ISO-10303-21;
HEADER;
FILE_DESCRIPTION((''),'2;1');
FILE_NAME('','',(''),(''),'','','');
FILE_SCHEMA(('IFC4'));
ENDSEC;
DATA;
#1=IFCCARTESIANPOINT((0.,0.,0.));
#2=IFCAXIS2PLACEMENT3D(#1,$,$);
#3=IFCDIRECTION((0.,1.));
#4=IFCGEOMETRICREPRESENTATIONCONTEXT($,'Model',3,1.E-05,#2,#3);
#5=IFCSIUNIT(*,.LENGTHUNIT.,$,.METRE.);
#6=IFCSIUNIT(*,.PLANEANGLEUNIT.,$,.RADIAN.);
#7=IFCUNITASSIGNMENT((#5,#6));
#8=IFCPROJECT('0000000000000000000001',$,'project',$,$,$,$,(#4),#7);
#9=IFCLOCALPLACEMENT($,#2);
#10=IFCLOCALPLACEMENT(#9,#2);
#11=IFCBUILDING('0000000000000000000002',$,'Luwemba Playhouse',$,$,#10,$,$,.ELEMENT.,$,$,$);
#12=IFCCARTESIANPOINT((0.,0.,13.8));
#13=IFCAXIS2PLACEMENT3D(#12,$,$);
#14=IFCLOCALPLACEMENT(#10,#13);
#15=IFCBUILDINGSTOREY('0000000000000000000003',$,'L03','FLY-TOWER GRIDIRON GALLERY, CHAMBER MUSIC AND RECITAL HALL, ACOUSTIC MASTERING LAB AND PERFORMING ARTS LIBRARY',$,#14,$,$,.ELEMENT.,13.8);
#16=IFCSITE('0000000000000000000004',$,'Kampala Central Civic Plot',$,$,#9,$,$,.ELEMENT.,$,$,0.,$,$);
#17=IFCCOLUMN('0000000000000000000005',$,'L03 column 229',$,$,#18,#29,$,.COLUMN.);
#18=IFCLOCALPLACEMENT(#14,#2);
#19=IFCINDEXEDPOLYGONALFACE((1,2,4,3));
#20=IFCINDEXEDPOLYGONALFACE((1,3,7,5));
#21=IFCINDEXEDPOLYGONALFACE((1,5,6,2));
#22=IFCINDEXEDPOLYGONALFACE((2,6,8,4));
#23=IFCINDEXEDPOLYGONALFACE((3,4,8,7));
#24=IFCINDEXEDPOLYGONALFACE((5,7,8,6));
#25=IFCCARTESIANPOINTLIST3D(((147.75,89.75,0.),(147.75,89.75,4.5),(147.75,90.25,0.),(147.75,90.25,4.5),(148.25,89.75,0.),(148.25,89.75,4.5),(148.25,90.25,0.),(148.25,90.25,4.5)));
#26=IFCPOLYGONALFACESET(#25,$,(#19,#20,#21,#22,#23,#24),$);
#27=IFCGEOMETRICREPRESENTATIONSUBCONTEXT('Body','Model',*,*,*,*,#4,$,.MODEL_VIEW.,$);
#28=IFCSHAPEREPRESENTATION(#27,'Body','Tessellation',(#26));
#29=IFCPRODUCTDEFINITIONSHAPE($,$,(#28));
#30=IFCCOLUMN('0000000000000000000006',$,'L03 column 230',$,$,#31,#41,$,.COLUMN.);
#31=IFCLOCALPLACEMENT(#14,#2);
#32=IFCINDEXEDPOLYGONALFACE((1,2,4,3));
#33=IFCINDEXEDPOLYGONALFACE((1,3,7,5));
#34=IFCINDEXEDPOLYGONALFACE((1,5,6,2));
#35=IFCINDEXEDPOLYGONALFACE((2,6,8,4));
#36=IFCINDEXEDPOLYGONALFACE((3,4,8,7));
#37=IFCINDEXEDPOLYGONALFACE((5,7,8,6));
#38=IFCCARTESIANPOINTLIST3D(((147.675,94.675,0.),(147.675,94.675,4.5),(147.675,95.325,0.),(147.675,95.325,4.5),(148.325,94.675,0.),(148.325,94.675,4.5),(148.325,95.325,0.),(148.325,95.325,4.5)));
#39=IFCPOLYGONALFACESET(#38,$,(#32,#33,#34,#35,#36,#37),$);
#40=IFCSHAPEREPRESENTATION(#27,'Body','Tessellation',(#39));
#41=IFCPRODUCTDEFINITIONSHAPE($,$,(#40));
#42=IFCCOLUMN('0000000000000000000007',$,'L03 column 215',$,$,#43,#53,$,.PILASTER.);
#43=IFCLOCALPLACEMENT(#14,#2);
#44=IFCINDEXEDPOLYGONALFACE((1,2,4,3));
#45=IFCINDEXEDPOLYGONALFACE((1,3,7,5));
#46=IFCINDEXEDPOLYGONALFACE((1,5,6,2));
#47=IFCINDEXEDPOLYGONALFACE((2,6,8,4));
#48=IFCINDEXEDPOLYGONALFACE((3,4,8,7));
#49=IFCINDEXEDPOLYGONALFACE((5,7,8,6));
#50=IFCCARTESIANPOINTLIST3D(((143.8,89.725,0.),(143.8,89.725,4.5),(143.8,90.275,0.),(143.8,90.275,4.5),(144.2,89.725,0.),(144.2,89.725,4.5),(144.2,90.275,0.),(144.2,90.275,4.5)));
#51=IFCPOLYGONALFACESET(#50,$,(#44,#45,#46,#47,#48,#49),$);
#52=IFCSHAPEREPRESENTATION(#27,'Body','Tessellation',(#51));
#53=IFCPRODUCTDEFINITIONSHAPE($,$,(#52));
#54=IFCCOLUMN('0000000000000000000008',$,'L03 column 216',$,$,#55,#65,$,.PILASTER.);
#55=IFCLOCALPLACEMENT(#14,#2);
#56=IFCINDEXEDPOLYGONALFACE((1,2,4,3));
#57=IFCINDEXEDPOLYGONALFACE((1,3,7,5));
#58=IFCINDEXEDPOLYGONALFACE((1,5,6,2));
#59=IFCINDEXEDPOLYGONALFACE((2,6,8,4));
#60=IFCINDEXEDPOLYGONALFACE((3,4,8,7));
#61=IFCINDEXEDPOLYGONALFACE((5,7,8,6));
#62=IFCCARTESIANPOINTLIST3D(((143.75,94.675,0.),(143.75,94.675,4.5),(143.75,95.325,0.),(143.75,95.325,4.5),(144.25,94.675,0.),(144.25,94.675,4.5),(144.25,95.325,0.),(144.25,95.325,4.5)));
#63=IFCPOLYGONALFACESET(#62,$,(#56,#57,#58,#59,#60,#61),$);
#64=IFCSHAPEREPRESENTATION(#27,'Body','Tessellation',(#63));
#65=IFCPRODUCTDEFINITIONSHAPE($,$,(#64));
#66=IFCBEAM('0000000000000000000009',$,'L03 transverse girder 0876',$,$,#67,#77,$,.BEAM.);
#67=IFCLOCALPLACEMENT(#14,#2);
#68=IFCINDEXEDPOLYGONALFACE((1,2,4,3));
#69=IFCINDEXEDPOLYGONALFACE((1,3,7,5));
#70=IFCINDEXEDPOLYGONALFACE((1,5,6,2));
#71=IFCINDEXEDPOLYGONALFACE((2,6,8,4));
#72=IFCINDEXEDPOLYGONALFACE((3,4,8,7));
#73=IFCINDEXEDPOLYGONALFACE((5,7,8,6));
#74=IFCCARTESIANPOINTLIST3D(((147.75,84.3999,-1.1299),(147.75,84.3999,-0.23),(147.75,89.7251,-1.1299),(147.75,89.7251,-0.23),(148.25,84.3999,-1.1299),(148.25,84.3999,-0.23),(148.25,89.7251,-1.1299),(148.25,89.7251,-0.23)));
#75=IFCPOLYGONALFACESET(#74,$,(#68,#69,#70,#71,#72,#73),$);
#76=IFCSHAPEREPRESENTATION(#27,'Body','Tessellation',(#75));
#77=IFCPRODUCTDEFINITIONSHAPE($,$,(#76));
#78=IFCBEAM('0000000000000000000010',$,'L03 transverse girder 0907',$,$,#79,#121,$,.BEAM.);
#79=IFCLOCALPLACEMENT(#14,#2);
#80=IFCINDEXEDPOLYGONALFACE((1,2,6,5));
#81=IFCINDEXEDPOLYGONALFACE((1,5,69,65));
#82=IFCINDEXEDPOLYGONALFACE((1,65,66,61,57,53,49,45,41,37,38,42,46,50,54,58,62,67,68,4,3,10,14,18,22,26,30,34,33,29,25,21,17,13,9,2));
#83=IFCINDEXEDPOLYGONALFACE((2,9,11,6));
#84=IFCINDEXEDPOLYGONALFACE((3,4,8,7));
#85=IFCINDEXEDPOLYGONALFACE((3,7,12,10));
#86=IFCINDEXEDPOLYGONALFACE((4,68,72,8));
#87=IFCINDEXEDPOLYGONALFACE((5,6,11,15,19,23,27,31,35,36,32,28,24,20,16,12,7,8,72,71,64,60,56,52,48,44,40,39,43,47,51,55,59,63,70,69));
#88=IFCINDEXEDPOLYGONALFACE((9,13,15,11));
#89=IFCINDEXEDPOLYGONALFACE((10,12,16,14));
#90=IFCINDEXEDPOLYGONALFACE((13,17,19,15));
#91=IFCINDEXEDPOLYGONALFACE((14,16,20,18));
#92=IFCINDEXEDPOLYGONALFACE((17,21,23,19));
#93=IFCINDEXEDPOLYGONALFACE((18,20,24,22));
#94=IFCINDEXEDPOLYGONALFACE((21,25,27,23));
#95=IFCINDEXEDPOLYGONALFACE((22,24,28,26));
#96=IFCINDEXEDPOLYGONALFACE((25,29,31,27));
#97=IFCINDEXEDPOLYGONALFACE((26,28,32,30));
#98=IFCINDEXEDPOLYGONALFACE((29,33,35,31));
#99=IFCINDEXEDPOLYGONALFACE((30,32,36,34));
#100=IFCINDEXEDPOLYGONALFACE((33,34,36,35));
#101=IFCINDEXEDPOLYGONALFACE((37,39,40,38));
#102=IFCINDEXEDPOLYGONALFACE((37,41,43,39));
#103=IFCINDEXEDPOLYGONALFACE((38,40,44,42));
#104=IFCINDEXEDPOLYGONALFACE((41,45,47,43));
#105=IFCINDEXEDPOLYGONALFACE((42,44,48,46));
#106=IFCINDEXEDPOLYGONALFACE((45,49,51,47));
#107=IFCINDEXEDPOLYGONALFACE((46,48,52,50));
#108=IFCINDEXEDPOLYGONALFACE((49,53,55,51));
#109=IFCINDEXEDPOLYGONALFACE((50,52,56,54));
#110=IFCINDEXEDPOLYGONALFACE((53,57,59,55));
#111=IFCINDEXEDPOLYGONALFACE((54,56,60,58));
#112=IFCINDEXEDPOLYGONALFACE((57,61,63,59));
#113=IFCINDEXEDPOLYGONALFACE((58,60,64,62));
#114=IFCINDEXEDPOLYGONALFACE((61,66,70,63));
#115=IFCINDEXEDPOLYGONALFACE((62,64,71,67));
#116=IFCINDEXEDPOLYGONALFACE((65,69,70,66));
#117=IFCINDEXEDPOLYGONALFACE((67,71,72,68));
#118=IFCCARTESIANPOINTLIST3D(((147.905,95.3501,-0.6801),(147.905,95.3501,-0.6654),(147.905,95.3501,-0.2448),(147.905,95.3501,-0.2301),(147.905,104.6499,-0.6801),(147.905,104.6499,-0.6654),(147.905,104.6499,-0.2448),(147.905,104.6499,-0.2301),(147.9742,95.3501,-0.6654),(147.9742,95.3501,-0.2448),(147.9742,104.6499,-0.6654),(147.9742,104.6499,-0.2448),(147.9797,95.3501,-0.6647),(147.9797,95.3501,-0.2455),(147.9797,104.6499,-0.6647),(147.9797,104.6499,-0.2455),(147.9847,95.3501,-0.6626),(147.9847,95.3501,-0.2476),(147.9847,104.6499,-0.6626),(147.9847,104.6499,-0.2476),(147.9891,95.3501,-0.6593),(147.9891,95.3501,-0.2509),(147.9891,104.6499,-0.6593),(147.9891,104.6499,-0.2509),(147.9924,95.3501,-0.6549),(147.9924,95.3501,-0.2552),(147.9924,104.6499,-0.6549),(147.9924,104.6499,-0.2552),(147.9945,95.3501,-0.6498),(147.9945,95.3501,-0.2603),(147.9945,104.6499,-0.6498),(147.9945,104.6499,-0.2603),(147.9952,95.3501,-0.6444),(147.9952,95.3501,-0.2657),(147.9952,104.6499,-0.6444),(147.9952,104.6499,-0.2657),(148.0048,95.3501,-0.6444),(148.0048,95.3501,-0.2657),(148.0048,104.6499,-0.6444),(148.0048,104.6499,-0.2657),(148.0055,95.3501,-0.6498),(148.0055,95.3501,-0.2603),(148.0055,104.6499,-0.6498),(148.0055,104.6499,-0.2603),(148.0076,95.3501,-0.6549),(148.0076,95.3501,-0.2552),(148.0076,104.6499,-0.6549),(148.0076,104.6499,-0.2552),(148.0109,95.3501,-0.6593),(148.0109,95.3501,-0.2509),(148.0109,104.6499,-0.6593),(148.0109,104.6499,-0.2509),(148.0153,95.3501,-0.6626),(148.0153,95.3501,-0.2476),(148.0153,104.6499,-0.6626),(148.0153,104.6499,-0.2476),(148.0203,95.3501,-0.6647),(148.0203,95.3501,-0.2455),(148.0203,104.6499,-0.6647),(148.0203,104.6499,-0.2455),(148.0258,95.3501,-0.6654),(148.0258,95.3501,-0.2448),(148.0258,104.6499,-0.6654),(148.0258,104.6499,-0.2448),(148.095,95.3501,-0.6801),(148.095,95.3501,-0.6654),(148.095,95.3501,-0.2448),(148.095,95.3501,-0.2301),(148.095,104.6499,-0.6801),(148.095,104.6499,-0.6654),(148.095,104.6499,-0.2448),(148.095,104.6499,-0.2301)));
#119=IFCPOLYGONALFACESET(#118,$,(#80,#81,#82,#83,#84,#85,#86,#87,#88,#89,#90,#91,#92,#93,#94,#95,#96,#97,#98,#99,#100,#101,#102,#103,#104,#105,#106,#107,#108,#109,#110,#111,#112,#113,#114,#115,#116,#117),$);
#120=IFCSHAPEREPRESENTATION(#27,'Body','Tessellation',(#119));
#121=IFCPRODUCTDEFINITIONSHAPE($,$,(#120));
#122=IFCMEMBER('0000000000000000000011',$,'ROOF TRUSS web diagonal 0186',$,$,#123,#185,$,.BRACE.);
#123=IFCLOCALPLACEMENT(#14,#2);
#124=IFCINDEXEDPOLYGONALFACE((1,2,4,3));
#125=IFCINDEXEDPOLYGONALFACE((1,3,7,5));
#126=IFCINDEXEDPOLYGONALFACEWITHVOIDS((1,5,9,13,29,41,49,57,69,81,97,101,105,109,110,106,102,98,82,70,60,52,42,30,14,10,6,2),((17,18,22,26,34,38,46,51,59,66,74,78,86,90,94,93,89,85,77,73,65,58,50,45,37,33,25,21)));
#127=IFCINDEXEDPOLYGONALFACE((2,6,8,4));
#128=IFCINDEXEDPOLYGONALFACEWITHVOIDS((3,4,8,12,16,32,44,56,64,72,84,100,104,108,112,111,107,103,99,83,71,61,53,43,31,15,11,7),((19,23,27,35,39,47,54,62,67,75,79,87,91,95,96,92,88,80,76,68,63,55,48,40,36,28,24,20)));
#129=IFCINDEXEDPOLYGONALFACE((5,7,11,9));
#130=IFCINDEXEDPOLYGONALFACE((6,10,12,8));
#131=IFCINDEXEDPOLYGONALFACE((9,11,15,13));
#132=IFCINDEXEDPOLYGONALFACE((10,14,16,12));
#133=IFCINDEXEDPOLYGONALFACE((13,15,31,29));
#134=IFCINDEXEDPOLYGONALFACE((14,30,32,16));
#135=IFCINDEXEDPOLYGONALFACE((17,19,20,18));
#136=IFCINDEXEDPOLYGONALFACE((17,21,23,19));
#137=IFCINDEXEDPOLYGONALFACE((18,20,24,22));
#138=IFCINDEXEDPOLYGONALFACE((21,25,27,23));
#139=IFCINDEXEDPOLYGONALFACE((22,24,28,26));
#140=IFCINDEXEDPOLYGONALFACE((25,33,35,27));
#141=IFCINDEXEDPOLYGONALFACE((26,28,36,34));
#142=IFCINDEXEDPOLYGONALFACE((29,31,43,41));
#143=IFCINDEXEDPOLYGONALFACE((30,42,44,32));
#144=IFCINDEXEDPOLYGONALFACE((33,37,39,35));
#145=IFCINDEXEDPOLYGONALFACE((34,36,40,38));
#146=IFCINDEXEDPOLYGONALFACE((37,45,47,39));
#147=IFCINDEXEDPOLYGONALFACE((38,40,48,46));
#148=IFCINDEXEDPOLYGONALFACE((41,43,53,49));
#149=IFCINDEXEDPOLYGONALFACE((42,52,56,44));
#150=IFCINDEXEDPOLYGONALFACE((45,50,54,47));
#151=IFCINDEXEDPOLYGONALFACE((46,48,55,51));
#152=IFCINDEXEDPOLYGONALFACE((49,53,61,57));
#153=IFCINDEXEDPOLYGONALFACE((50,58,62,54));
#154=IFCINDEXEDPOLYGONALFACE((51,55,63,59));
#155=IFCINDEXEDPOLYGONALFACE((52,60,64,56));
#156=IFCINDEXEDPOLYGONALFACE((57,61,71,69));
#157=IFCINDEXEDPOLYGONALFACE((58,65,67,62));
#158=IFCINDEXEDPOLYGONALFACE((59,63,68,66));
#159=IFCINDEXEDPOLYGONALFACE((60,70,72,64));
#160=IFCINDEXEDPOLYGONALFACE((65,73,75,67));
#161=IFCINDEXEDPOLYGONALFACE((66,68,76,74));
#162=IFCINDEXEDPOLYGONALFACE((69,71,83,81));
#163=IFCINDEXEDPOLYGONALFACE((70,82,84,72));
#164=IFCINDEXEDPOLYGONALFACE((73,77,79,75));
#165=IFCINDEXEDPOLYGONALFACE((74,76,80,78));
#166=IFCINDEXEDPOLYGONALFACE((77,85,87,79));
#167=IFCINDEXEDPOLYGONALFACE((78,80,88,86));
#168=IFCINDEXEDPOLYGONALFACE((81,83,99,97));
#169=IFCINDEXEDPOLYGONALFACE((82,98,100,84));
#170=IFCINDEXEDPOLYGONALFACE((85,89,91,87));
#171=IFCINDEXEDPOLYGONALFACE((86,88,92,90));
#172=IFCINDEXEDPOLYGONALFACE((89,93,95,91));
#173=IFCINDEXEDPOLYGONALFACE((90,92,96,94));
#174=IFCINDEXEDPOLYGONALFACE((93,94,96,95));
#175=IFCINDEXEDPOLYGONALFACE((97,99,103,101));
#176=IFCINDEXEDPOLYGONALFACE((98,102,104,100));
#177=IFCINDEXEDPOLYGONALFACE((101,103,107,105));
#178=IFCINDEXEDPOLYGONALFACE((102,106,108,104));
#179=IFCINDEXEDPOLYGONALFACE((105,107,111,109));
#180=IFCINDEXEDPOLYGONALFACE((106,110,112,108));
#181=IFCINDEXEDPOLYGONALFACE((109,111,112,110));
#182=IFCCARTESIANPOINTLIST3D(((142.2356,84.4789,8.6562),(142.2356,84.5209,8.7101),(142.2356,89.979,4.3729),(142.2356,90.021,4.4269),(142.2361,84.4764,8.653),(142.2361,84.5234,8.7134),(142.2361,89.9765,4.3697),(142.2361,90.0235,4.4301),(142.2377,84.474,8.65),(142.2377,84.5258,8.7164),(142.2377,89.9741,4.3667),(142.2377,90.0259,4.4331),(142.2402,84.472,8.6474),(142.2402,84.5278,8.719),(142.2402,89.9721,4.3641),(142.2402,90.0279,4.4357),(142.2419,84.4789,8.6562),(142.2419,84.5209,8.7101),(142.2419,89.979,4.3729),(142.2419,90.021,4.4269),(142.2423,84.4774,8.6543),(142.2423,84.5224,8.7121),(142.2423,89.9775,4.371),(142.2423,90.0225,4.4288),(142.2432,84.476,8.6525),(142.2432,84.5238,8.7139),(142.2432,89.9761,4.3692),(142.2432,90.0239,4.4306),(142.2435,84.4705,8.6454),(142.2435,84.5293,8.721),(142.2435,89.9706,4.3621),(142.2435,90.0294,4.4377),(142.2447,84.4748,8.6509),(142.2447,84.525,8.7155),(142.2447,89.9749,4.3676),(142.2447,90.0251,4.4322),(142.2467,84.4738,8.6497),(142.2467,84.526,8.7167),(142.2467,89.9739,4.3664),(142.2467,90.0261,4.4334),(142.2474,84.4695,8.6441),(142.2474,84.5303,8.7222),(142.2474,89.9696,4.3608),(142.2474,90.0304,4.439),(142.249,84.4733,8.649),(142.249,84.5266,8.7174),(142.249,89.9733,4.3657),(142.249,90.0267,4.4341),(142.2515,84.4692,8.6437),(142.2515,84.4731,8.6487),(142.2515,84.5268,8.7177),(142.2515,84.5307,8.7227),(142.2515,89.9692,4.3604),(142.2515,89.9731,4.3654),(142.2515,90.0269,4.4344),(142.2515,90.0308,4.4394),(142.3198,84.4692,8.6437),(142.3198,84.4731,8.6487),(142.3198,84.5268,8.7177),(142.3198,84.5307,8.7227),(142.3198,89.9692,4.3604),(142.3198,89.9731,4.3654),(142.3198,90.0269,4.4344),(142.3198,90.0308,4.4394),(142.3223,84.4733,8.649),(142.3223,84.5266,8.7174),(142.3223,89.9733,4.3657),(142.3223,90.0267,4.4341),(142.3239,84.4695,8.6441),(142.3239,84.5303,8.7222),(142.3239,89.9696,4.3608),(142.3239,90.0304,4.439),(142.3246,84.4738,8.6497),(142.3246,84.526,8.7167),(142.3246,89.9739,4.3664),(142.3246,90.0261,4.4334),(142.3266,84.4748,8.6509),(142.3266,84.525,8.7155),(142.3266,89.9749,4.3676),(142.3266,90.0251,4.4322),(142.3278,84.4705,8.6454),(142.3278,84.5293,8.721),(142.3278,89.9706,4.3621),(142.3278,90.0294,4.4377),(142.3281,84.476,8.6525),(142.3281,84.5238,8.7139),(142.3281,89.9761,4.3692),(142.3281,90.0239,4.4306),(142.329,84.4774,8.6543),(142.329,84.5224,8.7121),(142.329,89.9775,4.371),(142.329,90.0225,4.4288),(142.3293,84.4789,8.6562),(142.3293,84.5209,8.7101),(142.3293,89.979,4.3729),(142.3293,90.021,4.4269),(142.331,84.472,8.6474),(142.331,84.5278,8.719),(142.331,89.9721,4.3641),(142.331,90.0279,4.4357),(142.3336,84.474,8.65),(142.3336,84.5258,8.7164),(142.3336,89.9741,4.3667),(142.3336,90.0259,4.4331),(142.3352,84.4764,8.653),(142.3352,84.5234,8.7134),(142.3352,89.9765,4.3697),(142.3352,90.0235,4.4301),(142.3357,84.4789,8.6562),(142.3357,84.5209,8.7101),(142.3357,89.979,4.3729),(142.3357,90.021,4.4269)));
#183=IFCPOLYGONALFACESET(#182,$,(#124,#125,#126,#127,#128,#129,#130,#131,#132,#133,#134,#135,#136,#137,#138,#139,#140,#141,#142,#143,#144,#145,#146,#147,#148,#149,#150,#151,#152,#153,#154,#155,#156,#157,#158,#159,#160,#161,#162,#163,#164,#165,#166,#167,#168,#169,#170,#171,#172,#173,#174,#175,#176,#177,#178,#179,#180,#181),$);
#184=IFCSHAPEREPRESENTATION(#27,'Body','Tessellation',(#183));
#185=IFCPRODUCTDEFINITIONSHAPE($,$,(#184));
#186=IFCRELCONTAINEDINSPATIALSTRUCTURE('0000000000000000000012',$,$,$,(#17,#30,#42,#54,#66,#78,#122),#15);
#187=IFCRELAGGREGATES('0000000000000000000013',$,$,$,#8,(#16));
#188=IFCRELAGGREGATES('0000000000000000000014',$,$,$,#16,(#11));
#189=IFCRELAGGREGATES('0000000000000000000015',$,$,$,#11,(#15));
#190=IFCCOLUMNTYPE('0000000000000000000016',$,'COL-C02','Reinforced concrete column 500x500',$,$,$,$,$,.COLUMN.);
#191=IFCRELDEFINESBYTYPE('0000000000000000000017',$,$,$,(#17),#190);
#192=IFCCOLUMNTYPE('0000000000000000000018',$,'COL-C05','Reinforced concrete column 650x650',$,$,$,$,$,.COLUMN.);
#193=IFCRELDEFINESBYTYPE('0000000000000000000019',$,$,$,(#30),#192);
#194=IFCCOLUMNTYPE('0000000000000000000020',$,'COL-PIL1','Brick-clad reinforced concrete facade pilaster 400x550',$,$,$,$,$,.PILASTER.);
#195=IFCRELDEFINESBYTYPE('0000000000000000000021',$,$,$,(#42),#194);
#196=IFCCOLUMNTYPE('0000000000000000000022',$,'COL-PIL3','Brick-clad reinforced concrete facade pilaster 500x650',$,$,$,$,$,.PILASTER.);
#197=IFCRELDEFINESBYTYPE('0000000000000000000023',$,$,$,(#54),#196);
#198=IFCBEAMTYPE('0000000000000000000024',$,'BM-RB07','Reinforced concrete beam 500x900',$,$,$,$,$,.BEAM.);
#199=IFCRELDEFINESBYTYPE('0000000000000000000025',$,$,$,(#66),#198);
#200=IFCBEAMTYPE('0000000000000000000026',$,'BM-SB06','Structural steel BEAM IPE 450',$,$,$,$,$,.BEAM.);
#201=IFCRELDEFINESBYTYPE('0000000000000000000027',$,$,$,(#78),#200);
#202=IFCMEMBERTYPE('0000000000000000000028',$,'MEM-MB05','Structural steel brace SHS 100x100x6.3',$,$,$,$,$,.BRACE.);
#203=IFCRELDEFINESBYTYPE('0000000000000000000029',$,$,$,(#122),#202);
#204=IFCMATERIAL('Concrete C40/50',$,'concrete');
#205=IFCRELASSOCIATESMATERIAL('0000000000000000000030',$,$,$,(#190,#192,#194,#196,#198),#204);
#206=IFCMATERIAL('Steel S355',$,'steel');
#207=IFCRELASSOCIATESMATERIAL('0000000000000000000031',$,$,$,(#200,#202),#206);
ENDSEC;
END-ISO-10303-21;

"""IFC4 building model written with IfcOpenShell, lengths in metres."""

from ifc_helpers import new_model, si_unit, direction, frame, origin, origin_2d, place, context, subcontext, project, spatial, rectangle, hollow_rectangle, i_section, extrude, material, material_profile, profile_set, type_object, element, save


model = new_model("IFC4")

# Units and contexts
model_context = context("Model", 3, precision=1e-05, world=origin(), true_north=direction((0.0, 1.0)))
body_context = subcontext(model_context, "Body", "Model", "MODEL_VIEW")
ifc_project = project(units=[si_unit("LENGTHUNIT", "METRE"), si_unit("PLANEANGLEUNIT", "RADIAN")], contexts=[model_context])

# Site, building, storey
site_placement = place(None, origin())
site = spatial("IfcSite", under=ifc_project, at=site_placement, Name="Kampala Central Civic Plot", CompositionType="ELEMENT", RefElevation=0.0)
building_placement = place(site_placement, origin())
building = spatial("IfcBuilding", under=site, at=building_placement, Name="Luwemba Playhouse", CompositionType="ELEMENT")
storey_placement = place(building_placement, frame((0.0, 0.0, 13.8)))
storey = spatial("IfcBuildingStorey", under=building, at=storey_placement, Name="L03", Description="FLY-TOWER GRIDIRON GALLERY, CHAMBER MUSIC AND RECITAL HALL, ACOUSTIC MASTERING LAB AND PERFORMING ARTS LIBRARY", CompositionType="ELEMENT", Elevation=13.8)

# Columns
ifc_material_1 = material(Name="Concrete C40/50", Category="concrete")
ifc_material_profile_1 = material_profile(ifc_material_1, rectangle(XDim=0.5, YDim=0.5, at=origin_2d()))
ifc_profile_set_1 = profile_set([ifc_material_profile_1], Name="Concrete C40/50")
column_type_1 = type_object("IfcColumnType", Name="COL-C02", Description="Reinforced concrete column 500x500", PredefinedType="COLUMN", material=ifc_profile_set_1)
column_1_placement = place(storey_placement, frame((148.0, 90.0, 0.0), z_axis=(0.0, 0.0, 1.0), x_axis=(1.0, 0.0, 0.0)))
element("IfcColumn", 1, at=column_1_placement, inside=storey, type_object=column_type_1, Name="L03 column 229", PredefinedType="COLUMN", context=body_context, shape_type="SweptSolid", body=[
    extrude(rectangle(XDim=0.5, YDim=0.5, at=origin_2d()), origin(), (0.0, 0.0, 1.0), 4.5),
])
ifc_material_profile_2 = material_profile(ifc_material_1, rectangle(XDim=0.6499, YDim=0.6499, at=origin_2d()))
ifc_profile_set_2 = profile_set([ifc_material_profile_2], Name="Concrete C40/50")
column_type_2 = type_object("IfcColumnType", Name="COL-C05", Description="Reinforced concrete column 650x650", PredefinedType="COLUMN", material=ifc_profile_set_2)
column_2_placement = place(storey_placement, frame((148.0, 95.0, 0.0), z_axis=(0.0, 0.0, 1.0), x_axis=(1.0, 0.0, 0.0)))
element("IfcColumn", 2, at=column_2_placement, inside=storey, type_object=column_type_2, Name="L03 column 230", PredefinedType="COLUMN", context=body_context, shape_type="SweptSolid", body=[
    extrude(rectangle(XDim=0.6499, YDim=0.6499, at=origin_2d()), origin(), (0.0, 0.0, 1.0), 4.5),
])
ifc_material_profile_3 = material_profile(ifc_material_1, rectangle(XDim=0.3999, YDim=0.55, at=origin_2d()))
ifc_profile_set_3 = profile_set([ifc_material_profile_3], Name="Concrete C40/50")
column_type_3 = type_object("IfcColumnType", Name="COL-PIL1", Description="Brick-clad reinforced concrete facade pilaster 400x550", PredefinedType="PILASTER", material=ifc_profile_set_3)
column_3_placement = place(storey_placement, frame((144.0, 90.0, 0.0), z_axis=(0.0, 0.0, 1.0), x_axis=(1.0, 0.0, 0.0)))
element("IfcColumn", 3, at=column_3_placement, inside=storey, type_object=column_type_3, Name="L03 column 215", PredefinedType="PILASTER", context=body_context, shape_type="SweptSolid", body=[
    extrude(rectangle(XDim=0.3999, YDim=0.55, at=origin_2d()), origin(), (0.0, 0.0, 1.0), 4.5),
])
ifc_material_profile_4 = material_profile(ifc_material_1, rectangle(XDim=0.5, YDim=0.6499, at=origin_2d()))
ifc_profile_set_4 = profile_set([ifc_material_profile_4], Name="Concrete C40/50")
column_type_4 = type_object("IfcColumnType", Name="COL-PIL3", Description="Brick-clad reinforced concrete facade pilaster 500x650", PredefinedType="PILASTER", material=ifc_profile_set_4)
column_4_placement = place(storey_placement, frame((144.0, 95.0, 0.0), z_axis=(0.0, 0.0, 1.0), x_axis=(1.0, 0.0, 0.0)))
element("IfcColumn", 4, at=column_4_placement, inside=storey, type_object=column_type_4, Name="L03 column 216", PredefinedType="PILASTER", context=body_context, shape_type="SweptSolid", body=[
    extrude(rectangle(XDim=0.5, YDim=0.6499, at=origin_2d()), origin(), (0.0, 0.0, 1.0), 4.5),
])

# Beams
ifc_material_profile_5 = material_profile(ifc_material_1, rectangle(XDim=0.5, YDim=0.8999, at=origin_2d()))
ifc_profile_set_5 = profile_set([ifc_material_profile_5], Name="Concrete C40/50")
beam_type_1 = type_object("IfcBeamType", Name="BM-RB07", Description="Reinforced concrete beam 500x900", PredefinedType="BEAM", material=ifc_profile_set_5)
beam_1_placement = place(storey_placement, frame((148.0, 84.3999, -0.6799), z_axis=(0.0, 1.0, 0.0), x_axis=(-1.0, 0.0, 0.0)))
element("IfcBeam", 5, at=beam_1_placement, inside=storey, type_object=beam_type_1, Name="L03 transverse girder 0876", PredefinedType="BEAM", context=body_context, shape_type="SweptSolid", body=[
    extrude(rectangle(XDim=0.5, YDim=0.8999, at=origin_2d()), origin(), (0.0, 0.0, 1.0), 5.3252),
])
ifc_material_2 = material(Name="Steel S355", Category="steel")
ifc_material_profile_6 = material_profile(ifc_material_2, i_section(OverallWidth=0.1899, OverallDepth=0.45, WebThickness=0.0095, FlangeThickness=0.0146, FilletRadius=0.021, at=origin_2d()))
ifc_profile_set_6 = profile_set([ifc_material_profile_6], Name="Steel S355")
beam_type_2 = type_object("IfcBeamType", Name="BM-SB06", Description="Structural steel BEAM IPE 450", PredefinedType="BEAM", material=ifc_profile_set_6)
beam_2_placement = place(storey_placement, frame((148.0, 95.3501, -0.4551), z_axis=(0.0, 1.0, 0.0), x_axis=(-1.0, 0.0, 0.0)))
element("IfcBeam", 6, at=beam_2_placement, inside=storey, type_object=beam_type_2, Name="L03 transverse girder 0907", PredefinedType="BEAM", context=body_context, shape_type="SweptSolid", body=[
    extrude(i_section(OverallWidth=0.1899, OverallDepth=0.45, WebThickness=0.0095, FlangeThickness=0.0146, FilletRadius=0.021, at=origin_2d()), origin(), (0.0, 0.0, 1.0), 9.2998),
])

# Member
ifc_material_profile_7 = material_profile(ifc_material_2, hollow_rectangle(XDim=0.1001, YDim=0.1001, WallThickness=0.0063, InnerFilletRadius=0.0095, OuterFilletRadius=0.0159, at=origin_2d()))
ifc_profile_set_7 = profile_set([ifc_material_profile_7], Name="Steel S355")
member_type_1 = type_object("IfcMemberType", Name="MEM-MB05", Description="Structural steel brace SHS 100x100x6.3", PredefinedType="BRACE", material=ifc_profile_set_7)
member_1_placement = place(storey_placement, frame((142.2856, 90.0, 4.3999), z_axis=(0.0, -0.788975, 0.614425), x_axis=(1.0, 0.0, 0.0)))
element("IfcMember", 7, at=member_1_placement, inside=storey, type_object=member_type_1, Name="ROOF TRUSS web diagonal 0186", PredefinedType="BRACE", context=body_context, shape_type="SweptSolid", body=[
    extrude(hollow_rectangle(XDim=0.1001, YDim=0.1001, WallThickness=0.0063, InnerFilletRadius=0.0095, OuterFilletRadius=0.0159, at=origin_2d()), origin(), (0.0, 0.0, 1.0), 6.9712),
])

save(model, "model.ifc")
